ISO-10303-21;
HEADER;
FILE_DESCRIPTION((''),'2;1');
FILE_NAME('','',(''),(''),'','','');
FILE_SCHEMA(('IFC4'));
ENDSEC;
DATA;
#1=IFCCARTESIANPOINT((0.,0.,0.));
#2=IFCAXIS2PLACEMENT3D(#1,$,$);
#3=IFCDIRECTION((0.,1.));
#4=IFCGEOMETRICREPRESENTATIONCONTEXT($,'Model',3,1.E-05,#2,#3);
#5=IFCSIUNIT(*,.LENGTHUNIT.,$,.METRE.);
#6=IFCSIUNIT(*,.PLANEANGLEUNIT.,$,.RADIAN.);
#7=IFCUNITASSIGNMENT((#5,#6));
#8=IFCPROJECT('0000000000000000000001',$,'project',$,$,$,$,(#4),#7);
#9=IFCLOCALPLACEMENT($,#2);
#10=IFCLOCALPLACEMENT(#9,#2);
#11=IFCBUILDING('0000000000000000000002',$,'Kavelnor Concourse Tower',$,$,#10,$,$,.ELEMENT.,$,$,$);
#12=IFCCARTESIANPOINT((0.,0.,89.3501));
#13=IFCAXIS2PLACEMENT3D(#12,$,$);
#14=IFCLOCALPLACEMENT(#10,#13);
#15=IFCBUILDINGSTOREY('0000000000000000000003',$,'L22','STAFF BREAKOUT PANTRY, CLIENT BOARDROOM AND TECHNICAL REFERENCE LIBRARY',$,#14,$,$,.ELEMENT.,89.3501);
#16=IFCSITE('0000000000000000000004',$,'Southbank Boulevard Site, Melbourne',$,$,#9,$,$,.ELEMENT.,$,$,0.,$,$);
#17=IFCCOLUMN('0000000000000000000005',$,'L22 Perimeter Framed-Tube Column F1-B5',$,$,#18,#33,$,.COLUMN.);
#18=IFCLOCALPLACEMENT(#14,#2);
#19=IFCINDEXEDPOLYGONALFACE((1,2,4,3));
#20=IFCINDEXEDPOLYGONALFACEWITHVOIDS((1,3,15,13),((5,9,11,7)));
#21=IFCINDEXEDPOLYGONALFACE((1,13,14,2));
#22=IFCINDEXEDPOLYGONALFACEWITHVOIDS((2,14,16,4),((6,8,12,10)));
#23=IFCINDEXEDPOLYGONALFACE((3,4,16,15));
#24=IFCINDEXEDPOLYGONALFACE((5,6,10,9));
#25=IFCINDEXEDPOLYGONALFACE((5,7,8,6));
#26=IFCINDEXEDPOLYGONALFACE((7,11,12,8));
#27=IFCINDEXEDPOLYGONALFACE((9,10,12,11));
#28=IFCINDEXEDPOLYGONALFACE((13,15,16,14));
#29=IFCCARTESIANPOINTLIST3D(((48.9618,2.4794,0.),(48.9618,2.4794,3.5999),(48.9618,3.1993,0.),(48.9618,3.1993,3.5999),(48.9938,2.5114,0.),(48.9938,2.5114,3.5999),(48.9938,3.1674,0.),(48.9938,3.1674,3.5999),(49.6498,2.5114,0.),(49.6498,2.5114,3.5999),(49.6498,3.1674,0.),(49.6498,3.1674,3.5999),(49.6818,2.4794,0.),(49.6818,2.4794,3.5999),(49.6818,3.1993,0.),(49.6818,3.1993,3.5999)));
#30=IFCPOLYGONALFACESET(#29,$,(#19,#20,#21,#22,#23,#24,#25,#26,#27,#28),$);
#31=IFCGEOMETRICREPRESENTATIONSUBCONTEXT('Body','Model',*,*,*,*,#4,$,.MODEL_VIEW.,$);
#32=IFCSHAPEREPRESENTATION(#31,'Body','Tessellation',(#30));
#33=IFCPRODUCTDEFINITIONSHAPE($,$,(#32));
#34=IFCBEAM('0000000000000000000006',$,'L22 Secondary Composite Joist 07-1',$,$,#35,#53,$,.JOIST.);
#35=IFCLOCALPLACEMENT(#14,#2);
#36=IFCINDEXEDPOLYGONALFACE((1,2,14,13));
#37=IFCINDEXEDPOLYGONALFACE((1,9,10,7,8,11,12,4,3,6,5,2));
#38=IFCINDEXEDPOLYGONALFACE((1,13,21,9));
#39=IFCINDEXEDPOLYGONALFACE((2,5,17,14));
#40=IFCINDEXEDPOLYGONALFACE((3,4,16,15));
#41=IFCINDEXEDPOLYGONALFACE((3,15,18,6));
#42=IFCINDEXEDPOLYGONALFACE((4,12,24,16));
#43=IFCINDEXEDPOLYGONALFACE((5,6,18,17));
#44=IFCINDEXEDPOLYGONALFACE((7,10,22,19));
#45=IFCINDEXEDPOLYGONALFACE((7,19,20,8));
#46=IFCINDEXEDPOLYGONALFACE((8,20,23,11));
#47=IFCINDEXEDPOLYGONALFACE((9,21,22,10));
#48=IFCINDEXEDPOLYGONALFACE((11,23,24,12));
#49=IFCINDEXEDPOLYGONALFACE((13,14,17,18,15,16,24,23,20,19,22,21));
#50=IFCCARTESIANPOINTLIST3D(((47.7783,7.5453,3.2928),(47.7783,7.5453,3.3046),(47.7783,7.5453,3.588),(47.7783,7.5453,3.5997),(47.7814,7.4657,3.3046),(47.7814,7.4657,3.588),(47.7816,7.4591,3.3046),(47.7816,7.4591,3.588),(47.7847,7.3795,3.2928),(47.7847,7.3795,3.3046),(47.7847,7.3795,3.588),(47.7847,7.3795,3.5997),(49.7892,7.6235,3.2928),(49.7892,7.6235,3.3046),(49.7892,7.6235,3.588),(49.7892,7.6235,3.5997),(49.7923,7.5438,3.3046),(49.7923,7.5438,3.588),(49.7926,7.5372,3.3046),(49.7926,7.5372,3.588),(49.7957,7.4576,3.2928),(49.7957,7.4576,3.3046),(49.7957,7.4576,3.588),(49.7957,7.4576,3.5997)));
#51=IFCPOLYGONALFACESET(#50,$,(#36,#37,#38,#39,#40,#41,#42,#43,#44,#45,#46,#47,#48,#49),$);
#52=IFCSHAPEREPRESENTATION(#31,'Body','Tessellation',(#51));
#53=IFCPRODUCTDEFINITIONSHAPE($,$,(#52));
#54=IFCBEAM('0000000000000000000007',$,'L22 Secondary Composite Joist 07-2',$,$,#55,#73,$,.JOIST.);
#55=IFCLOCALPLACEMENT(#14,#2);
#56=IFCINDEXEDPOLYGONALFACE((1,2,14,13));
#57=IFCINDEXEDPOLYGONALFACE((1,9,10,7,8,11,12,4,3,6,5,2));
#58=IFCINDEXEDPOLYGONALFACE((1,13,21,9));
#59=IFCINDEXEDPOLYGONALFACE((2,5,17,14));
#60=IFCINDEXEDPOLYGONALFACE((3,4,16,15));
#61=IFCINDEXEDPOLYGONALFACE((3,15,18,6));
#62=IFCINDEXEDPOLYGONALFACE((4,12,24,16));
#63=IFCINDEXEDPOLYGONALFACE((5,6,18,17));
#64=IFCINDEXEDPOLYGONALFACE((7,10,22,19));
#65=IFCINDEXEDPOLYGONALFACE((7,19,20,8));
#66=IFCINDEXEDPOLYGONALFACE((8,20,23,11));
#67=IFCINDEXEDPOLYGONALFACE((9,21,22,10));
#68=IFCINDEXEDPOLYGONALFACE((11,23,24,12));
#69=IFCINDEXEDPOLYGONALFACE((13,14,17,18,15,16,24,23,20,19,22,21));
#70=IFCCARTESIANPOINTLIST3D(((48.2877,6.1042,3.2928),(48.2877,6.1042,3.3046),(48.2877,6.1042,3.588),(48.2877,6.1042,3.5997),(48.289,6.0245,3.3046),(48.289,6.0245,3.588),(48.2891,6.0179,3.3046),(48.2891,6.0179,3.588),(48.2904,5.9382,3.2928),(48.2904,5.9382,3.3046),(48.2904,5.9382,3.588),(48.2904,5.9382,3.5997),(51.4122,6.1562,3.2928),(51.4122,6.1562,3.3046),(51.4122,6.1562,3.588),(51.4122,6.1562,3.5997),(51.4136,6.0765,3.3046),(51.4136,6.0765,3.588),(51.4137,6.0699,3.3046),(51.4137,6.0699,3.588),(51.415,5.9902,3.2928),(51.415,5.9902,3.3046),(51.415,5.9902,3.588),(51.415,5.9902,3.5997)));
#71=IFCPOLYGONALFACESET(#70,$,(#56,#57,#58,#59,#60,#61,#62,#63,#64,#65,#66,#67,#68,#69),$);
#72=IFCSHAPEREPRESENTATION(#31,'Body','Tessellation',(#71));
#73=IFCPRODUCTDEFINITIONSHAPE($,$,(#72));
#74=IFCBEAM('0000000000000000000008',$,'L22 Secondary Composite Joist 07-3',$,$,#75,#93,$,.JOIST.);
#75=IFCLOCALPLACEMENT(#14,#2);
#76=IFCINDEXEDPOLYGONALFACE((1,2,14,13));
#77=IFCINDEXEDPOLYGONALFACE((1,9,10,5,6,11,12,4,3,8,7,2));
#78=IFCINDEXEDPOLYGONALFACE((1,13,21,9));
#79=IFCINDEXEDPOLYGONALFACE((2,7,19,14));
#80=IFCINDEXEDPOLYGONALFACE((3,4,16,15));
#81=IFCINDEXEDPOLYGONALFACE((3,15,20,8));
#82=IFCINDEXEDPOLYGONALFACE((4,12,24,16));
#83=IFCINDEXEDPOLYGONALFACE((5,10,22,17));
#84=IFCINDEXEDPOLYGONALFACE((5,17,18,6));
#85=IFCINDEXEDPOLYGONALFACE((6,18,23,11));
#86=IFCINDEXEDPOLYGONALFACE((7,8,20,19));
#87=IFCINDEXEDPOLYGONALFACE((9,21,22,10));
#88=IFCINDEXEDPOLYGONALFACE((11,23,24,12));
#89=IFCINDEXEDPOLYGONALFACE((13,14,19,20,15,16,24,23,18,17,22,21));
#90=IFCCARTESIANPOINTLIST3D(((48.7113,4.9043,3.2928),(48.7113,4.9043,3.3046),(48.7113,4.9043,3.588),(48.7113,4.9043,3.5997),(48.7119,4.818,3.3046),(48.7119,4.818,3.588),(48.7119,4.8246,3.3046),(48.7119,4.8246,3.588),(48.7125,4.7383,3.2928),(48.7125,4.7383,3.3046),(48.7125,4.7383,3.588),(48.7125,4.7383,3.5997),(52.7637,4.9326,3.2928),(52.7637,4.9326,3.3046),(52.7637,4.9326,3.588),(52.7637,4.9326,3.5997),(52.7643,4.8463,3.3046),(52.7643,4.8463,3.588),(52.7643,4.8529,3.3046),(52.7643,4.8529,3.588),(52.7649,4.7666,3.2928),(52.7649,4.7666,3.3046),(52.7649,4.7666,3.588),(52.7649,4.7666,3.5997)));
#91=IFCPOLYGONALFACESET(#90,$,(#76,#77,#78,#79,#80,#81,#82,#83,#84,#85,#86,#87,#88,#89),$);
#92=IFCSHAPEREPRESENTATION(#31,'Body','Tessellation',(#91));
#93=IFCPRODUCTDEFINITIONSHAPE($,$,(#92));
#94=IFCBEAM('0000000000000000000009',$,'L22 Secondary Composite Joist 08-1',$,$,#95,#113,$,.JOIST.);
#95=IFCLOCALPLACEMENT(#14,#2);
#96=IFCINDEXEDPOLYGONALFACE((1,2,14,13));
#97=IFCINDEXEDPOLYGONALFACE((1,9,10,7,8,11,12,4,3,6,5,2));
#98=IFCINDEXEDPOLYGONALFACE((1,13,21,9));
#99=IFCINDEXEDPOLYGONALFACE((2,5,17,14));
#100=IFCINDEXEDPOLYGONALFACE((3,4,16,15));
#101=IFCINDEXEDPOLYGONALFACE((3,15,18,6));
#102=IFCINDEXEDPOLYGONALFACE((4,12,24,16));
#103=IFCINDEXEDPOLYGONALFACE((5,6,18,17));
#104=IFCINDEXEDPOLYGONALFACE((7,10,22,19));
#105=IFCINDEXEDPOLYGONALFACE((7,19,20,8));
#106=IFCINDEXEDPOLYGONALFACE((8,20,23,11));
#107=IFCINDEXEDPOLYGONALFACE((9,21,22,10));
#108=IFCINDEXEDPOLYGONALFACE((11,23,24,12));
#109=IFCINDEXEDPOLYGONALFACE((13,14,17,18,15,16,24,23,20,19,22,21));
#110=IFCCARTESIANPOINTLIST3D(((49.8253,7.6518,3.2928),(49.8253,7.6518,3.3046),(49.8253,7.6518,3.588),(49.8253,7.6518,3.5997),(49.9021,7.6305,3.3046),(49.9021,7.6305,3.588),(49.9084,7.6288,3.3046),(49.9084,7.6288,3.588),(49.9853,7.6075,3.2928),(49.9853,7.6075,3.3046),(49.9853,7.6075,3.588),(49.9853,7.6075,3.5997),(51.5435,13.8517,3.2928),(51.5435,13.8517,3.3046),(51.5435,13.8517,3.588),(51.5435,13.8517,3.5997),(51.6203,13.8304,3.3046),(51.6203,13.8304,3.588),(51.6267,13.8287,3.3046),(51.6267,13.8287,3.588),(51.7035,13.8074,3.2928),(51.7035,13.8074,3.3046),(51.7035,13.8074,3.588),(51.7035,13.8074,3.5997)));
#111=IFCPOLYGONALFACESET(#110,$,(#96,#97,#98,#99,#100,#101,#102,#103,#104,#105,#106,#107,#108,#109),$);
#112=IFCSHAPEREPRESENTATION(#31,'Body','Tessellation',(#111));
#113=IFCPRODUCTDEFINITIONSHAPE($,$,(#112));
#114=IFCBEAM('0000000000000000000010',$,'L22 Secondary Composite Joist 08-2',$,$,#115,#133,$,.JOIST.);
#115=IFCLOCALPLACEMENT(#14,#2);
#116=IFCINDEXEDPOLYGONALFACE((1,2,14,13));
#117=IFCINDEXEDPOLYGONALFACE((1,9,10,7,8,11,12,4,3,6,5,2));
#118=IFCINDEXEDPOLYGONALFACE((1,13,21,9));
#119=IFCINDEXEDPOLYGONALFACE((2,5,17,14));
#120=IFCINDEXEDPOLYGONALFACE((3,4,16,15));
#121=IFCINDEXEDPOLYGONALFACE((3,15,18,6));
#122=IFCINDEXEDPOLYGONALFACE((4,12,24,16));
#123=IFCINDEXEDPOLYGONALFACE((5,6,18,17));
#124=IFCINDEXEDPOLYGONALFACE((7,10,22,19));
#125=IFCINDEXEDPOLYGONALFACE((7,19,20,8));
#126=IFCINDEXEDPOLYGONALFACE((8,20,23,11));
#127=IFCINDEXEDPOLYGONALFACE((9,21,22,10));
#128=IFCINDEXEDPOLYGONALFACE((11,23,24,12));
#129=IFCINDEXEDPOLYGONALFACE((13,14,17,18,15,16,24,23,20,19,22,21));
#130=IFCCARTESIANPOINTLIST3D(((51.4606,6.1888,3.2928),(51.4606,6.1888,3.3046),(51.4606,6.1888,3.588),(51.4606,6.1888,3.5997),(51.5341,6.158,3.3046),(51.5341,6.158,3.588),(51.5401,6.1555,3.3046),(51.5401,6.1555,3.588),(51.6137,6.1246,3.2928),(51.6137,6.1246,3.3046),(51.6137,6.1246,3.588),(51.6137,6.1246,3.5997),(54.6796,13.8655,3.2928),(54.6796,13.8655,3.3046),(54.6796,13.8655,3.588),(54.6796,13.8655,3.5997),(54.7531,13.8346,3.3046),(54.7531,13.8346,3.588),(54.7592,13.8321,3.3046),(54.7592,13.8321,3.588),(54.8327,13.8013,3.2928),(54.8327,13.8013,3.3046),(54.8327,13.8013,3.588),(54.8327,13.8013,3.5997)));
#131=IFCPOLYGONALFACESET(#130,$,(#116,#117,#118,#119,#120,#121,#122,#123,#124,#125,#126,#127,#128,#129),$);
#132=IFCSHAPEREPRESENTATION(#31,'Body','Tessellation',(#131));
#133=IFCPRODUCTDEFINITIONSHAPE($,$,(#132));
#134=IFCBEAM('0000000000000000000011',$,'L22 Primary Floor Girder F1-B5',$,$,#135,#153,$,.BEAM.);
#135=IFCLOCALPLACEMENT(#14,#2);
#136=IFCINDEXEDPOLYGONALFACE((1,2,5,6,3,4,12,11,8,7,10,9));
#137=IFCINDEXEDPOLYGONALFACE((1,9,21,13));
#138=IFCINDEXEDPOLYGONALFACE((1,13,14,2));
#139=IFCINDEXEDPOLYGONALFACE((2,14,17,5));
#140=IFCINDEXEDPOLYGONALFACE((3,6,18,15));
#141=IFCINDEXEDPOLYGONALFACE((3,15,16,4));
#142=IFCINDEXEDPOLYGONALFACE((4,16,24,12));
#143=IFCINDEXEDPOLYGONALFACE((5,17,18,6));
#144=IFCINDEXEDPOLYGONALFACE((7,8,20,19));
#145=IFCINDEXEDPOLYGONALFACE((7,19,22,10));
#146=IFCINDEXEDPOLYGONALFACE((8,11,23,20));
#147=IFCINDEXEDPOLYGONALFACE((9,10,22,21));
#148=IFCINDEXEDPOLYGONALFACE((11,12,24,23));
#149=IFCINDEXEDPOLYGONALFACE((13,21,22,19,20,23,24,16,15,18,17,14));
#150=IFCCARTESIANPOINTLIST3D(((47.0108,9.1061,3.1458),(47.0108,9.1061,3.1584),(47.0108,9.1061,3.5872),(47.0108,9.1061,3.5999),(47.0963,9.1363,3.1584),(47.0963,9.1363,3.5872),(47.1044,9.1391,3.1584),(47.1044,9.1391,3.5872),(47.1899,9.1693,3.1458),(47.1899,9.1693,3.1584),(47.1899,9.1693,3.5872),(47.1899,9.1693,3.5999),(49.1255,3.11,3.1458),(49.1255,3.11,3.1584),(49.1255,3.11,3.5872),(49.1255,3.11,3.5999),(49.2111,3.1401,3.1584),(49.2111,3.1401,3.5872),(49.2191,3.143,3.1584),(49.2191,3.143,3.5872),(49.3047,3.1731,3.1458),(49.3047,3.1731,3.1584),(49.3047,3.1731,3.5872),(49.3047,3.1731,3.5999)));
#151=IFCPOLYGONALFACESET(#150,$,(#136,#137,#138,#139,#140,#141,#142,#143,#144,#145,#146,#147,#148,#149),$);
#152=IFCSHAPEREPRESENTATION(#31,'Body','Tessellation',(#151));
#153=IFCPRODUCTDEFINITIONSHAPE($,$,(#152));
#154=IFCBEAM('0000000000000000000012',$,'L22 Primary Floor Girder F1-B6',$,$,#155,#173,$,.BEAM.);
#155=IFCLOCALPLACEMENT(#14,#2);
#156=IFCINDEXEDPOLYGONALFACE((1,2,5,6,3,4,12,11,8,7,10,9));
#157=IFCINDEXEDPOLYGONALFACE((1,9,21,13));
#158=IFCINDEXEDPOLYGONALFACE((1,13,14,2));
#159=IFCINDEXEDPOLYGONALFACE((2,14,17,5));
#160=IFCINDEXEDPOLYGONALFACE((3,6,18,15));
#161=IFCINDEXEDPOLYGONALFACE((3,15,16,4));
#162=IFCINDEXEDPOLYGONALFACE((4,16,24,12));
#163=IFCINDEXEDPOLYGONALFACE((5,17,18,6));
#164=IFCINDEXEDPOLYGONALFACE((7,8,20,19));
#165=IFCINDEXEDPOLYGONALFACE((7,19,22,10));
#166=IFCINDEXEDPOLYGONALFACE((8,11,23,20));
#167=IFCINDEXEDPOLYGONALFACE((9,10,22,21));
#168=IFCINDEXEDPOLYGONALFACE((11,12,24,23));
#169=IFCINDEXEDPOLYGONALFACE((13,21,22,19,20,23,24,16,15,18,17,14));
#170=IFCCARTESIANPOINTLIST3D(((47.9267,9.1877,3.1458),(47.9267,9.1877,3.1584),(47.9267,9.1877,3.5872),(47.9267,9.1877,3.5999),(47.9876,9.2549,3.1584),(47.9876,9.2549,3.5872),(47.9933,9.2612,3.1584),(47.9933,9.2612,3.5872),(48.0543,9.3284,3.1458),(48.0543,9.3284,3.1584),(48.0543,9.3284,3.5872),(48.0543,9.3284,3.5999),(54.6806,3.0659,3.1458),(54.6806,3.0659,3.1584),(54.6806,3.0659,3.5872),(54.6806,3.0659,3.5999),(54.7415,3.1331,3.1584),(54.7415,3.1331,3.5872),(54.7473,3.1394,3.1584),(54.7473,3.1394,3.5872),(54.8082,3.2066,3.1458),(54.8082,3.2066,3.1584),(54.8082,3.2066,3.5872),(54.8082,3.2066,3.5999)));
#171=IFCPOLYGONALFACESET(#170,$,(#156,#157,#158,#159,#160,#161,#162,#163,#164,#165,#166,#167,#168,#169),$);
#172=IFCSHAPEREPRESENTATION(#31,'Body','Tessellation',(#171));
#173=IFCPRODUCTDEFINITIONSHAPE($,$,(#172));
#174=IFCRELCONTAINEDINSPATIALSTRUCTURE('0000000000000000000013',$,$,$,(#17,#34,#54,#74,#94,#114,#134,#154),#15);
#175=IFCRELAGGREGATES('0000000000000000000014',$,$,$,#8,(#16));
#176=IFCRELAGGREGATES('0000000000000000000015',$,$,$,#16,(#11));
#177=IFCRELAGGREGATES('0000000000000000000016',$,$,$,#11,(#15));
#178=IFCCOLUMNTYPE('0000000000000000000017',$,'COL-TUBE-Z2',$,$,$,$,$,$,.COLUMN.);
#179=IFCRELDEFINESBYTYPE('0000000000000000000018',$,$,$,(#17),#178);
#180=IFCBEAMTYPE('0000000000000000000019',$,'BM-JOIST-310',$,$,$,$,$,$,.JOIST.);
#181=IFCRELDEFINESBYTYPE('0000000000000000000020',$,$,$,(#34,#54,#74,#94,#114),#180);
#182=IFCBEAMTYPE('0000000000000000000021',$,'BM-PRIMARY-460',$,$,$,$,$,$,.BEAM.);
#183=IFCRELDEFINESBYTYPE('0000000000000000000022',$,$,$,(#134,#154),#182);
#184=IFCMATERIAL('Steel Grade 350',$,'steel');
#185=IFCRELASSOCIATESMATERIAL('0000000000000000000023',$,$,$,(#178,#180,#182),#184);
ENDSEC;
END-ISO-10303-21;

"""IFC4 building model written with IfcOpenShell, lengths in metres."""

from ifc_helpers import new_model, si_unit, direction, frame, origin, origin_2d, place, context, subcontext, project, spatial, hollow_rectangle, i_section, extrude, material, material_profile, profile_set, type_object, element, save


model = new_model("IFC4")

# Units and contexts
model_context = context("Model", 3, precision=1e-05, world=origin(), true_north=direction((0.0, 1.0)))
body_context = subcontext(model_context, "Body", "Model", "MODEL_VIEW")
ifc_project = project(units=[si_unit("LENGTHUNIT", "METRE"), si_unit("PLANEANGLEUNIT", "RADIAN")], contexts=[model_context])

# Site, building, storey
site_placement = place(None, origin())
site = spatial("IfcSite", under=ifc_project, at=site_placement, Name="Southbank Boulevard Site, Melbourne", CompositionType="ELEMENT", RefElevation=0.0)
building_placement = place(site_placement, origin())
building = spatial("IfcBuilding", under=site, at=building_placement, Name="Kavelnor Concourse Tower", CompositionType="ELEMENT")
storey_placement = place(building_placement, frame((0.0, 0.0, 89.3501)))
storey = spatial("IfcBuildingStorey", under=building, at=storey_placement, Name="L22", Description="STAFF BREAKOUT PANTRY, CLIENT BOARDROOM AND TECHNICAL REFERENCE LIBRARY", CompositionType="ELEMENT", Elevation=89.3501)

# Column
ifc_material_1 = material(Name="Steel Grade 350", Category="steel")
ifc_material_profile_1 = material_profile(ifc_material_1, hollow_rectangle(XDim=0.72, YDim=0.72, WallThickness=0.032, at=origin_2d()), Name="SHS 720x720x32")
ifc_profile_set_1 = profile_set([ifc_material_profile_1], Name="Steel Grade 350")
column_type = type_object("IfcColumnType", Name="COL-TUBE-Z2", PredefinedType="COLUMN", material=ifc_profile_set_1)
column_placement = place(storey_placement, frame((49.3218, 2.8394, 0.0), z_axis=(0.0, 0.0, 1.0), x_axis=(1.0, 0.0, 0.0)))
element("IfcColumn", 1, at=column_placement, inside=storey, type_object=column_type, Name="L22 Perimeter Framed-Tube Column F1-B5", PredefinedType="COLUMN", context=body_context, shape_type="SweptSolid", body=[
    extrude(hollow_rectangle(XDim=0.72, YDim=0.72, WallThickness=0.032, at=origin_2d()), origin(), (0.0, 0.0, 1.0), 3.5999),
])

# Beams
ifc_material_profile_2 = material_profile(ifc_material_1, i_section(OverallWidth=0.166, OverallDepth=0.3069, WebThickness=0.0066, FlangeThickness=0.0117, at=origin_2d()), Name="310UB46")
ifc_profile_set_2 = profile_set([ifc_material_profile_2], Name="Steel Grade 350")
beam_type_1 = type_object("IfcBeamType", Name="BM-JOIST-310", PredefinedType="JOIST", material=ifc_profile_set_2)
beam_1_placement = place(storey_placement, frame((47.7815, 7.4624, 3.4463), z_axis=(0.999246, 0.03882, 0.0), x_axis=(-0.03882, 0.999246, 0.0)))
element("IfcBeam", 2, at=beam_1_placement, inside=storey, type_object=beam_type_1, Name="L22 Secondary Composite Joist 07-1", PredefinedType="JOIST", context=body_context, shape_type="SweptSolid", body=[
    extrude(i_section(OverallWidth=0.166, OverallDepth=0.3069, WebThickness=0.0066, FlangeThickness=0.0117, at=origin_2d()), origin(), (0.0, 0.0, 1.0), 2.0125),
])
beam_2_placement = place(storey_placement, frame((48.2891, 6.0212, 3.4463), z_axis=(0.999862, 0.016641, 0.0), x_axis=(-0.016641, 0.999862, 0.0)))
element("IfcBeam", 3, at=beam_2_placement, inside=storey, type_object=beam_type_1, Name="L22 Secondary Composite Joist 07-2", PredefinedType="JOIST", context=body_context, shape_type="SweptSolid", body=[
    extrude(i_section(OverallWidth=0.166, OverallDepth=0.3069, WebThickness=0.0066, FlangeThickness=0.0117, at=origin_2d()), origin(), (0.0, 0.0, 1.0), 3.125),
])
beam_3_placement = place(storey_placement, frame((48.7119, 4.8213, 3.4463), z_axis=(0.999976, 0.006988, 0.0), x_axis=(-0.006988, 0.999976, 0.0)))
element("IfcBeam", 4, at=beam_3_placement, inside=storey, type_object=beam_type_1, Name="L22 Secondary Composite Joist 07-3", PredefinedType="JOIST", context=body_context, shape_type="SweptSolid", body=[
    extrude(i_section(OverallWidth=0.166, OverallDepth=0.3069, WebThickness=0.0066, FlangeThickness=0.0117, at=origin_2d()), origin(), (0.0, 0.0, 1.0), 4.0525),
])
beam_4_placement = place(storey_placement, frame((49.9053, 7.6296, 3.4463), z_axis=(0.267074, 0.963676, 0.0), x_axis=(-0.963676, 0.267074, 0.0)))
element("IfcBeam", 5, at=beam_4_placement, inside=storey, type_object=beam_type_1, Name="L22 Secondary Composite Joist 08-1", PredefinedType="JOIST", context=body_context, shape_type="SweptSolid", body=[
    extrude(i_section(OverallWidth=0.166, OverallDepth=0.3069, WebThickness=0.0066, FlangeThickness=0.0117, at=origin_2d()), origin(), (0.0, 0.0, 1.0), 6.4336),
])
beam_5_placement = place(storey_placement, frame((51.5371, 6.1567, 3.4463), z_axis=(0.386707, 0.922202, 0.0), x_axis=(-0.922202, 0.386707, 0.0)))
element("IfcBeam", 6, at=beam_5_placement, inside=storey, type_object=beam_type_1, Name="L22 Secondary Composite Joist 08-2", PredefinedType="JOIST", context=body_context, shape_type="SweptSolid", body=[
    extrude(i_section(OverallWidth=0.166, OverallDepth=0.3069, WebThickness=0.0066, FlangeThickness=0.0117, at=origin_2d()), origin(), (0.0, 0.0, 1.0), 8.3242),
])
ifc_material_profile_3 = material_profile(ifc_material_1, i_section(OverallWidth=0.1899, OverallDepth=0.4541, WebThickness=0.0085, FlangeThickness=0.0127, at=origin_2d()), Name="460UB67")
ifc_profile_set_3 = profile_set([ifc_material_profile_3], Name="Steel Grade 350")
beam_type_2 = type_object("IfcBeamType", Name="BM-PRIMARY-460", PredefinedType="BEAM", material=ifc_profile_set_3)
beam_6_placement = place(storey_placement, frame((47.1003, 9.1377, 3.3728), z_axis=(0.332607, -0.943065, 0.0), x_axis=(0.943065, 0.332607, 0.0)))
element("IfcBeam", 7, at=beam_6_placement, inside=storey, type_object=beam_type_2, Name="L22 Primary Floor Girder F1-B5", PredefinedType="BEAM", context=body_context, shape_type="SweptSolid", body=[
    extrude(i_section(OverallWidth=0.1899, OverallDepth=0.4541, WebThickness=0.0085, FlangeThickness=0.0127, at=origin_2d()), origin(), (0.0, 0.0, 1.0), 6.3582),
])
beam_7_placement = place(storey_placement, frame((47.9905, 9.2581, 3.3728), z_axis=(0.740927, -0.671586, 0.0), x_axis=(0.671586, 0.740927, 0.0)))
element("IfcBeam", 8, at=beam_7_placement, inside=storey, type_object=beam_type_2, Name="L22 Primary Floor Girder F1-B6", PredefinedType="BEAM", context=body_context, shape_type="SweptSolid", body=[
    extrude(i_section(OverallWidth=0.1899, OverallDepth=0.4541, WebThickness=0.0085, FlangeThickness=0.0127, at=origin_2d()), origin(), (0.0, 0.0, 1.0), 9.1155),
])

save(model, "model.ifc")
